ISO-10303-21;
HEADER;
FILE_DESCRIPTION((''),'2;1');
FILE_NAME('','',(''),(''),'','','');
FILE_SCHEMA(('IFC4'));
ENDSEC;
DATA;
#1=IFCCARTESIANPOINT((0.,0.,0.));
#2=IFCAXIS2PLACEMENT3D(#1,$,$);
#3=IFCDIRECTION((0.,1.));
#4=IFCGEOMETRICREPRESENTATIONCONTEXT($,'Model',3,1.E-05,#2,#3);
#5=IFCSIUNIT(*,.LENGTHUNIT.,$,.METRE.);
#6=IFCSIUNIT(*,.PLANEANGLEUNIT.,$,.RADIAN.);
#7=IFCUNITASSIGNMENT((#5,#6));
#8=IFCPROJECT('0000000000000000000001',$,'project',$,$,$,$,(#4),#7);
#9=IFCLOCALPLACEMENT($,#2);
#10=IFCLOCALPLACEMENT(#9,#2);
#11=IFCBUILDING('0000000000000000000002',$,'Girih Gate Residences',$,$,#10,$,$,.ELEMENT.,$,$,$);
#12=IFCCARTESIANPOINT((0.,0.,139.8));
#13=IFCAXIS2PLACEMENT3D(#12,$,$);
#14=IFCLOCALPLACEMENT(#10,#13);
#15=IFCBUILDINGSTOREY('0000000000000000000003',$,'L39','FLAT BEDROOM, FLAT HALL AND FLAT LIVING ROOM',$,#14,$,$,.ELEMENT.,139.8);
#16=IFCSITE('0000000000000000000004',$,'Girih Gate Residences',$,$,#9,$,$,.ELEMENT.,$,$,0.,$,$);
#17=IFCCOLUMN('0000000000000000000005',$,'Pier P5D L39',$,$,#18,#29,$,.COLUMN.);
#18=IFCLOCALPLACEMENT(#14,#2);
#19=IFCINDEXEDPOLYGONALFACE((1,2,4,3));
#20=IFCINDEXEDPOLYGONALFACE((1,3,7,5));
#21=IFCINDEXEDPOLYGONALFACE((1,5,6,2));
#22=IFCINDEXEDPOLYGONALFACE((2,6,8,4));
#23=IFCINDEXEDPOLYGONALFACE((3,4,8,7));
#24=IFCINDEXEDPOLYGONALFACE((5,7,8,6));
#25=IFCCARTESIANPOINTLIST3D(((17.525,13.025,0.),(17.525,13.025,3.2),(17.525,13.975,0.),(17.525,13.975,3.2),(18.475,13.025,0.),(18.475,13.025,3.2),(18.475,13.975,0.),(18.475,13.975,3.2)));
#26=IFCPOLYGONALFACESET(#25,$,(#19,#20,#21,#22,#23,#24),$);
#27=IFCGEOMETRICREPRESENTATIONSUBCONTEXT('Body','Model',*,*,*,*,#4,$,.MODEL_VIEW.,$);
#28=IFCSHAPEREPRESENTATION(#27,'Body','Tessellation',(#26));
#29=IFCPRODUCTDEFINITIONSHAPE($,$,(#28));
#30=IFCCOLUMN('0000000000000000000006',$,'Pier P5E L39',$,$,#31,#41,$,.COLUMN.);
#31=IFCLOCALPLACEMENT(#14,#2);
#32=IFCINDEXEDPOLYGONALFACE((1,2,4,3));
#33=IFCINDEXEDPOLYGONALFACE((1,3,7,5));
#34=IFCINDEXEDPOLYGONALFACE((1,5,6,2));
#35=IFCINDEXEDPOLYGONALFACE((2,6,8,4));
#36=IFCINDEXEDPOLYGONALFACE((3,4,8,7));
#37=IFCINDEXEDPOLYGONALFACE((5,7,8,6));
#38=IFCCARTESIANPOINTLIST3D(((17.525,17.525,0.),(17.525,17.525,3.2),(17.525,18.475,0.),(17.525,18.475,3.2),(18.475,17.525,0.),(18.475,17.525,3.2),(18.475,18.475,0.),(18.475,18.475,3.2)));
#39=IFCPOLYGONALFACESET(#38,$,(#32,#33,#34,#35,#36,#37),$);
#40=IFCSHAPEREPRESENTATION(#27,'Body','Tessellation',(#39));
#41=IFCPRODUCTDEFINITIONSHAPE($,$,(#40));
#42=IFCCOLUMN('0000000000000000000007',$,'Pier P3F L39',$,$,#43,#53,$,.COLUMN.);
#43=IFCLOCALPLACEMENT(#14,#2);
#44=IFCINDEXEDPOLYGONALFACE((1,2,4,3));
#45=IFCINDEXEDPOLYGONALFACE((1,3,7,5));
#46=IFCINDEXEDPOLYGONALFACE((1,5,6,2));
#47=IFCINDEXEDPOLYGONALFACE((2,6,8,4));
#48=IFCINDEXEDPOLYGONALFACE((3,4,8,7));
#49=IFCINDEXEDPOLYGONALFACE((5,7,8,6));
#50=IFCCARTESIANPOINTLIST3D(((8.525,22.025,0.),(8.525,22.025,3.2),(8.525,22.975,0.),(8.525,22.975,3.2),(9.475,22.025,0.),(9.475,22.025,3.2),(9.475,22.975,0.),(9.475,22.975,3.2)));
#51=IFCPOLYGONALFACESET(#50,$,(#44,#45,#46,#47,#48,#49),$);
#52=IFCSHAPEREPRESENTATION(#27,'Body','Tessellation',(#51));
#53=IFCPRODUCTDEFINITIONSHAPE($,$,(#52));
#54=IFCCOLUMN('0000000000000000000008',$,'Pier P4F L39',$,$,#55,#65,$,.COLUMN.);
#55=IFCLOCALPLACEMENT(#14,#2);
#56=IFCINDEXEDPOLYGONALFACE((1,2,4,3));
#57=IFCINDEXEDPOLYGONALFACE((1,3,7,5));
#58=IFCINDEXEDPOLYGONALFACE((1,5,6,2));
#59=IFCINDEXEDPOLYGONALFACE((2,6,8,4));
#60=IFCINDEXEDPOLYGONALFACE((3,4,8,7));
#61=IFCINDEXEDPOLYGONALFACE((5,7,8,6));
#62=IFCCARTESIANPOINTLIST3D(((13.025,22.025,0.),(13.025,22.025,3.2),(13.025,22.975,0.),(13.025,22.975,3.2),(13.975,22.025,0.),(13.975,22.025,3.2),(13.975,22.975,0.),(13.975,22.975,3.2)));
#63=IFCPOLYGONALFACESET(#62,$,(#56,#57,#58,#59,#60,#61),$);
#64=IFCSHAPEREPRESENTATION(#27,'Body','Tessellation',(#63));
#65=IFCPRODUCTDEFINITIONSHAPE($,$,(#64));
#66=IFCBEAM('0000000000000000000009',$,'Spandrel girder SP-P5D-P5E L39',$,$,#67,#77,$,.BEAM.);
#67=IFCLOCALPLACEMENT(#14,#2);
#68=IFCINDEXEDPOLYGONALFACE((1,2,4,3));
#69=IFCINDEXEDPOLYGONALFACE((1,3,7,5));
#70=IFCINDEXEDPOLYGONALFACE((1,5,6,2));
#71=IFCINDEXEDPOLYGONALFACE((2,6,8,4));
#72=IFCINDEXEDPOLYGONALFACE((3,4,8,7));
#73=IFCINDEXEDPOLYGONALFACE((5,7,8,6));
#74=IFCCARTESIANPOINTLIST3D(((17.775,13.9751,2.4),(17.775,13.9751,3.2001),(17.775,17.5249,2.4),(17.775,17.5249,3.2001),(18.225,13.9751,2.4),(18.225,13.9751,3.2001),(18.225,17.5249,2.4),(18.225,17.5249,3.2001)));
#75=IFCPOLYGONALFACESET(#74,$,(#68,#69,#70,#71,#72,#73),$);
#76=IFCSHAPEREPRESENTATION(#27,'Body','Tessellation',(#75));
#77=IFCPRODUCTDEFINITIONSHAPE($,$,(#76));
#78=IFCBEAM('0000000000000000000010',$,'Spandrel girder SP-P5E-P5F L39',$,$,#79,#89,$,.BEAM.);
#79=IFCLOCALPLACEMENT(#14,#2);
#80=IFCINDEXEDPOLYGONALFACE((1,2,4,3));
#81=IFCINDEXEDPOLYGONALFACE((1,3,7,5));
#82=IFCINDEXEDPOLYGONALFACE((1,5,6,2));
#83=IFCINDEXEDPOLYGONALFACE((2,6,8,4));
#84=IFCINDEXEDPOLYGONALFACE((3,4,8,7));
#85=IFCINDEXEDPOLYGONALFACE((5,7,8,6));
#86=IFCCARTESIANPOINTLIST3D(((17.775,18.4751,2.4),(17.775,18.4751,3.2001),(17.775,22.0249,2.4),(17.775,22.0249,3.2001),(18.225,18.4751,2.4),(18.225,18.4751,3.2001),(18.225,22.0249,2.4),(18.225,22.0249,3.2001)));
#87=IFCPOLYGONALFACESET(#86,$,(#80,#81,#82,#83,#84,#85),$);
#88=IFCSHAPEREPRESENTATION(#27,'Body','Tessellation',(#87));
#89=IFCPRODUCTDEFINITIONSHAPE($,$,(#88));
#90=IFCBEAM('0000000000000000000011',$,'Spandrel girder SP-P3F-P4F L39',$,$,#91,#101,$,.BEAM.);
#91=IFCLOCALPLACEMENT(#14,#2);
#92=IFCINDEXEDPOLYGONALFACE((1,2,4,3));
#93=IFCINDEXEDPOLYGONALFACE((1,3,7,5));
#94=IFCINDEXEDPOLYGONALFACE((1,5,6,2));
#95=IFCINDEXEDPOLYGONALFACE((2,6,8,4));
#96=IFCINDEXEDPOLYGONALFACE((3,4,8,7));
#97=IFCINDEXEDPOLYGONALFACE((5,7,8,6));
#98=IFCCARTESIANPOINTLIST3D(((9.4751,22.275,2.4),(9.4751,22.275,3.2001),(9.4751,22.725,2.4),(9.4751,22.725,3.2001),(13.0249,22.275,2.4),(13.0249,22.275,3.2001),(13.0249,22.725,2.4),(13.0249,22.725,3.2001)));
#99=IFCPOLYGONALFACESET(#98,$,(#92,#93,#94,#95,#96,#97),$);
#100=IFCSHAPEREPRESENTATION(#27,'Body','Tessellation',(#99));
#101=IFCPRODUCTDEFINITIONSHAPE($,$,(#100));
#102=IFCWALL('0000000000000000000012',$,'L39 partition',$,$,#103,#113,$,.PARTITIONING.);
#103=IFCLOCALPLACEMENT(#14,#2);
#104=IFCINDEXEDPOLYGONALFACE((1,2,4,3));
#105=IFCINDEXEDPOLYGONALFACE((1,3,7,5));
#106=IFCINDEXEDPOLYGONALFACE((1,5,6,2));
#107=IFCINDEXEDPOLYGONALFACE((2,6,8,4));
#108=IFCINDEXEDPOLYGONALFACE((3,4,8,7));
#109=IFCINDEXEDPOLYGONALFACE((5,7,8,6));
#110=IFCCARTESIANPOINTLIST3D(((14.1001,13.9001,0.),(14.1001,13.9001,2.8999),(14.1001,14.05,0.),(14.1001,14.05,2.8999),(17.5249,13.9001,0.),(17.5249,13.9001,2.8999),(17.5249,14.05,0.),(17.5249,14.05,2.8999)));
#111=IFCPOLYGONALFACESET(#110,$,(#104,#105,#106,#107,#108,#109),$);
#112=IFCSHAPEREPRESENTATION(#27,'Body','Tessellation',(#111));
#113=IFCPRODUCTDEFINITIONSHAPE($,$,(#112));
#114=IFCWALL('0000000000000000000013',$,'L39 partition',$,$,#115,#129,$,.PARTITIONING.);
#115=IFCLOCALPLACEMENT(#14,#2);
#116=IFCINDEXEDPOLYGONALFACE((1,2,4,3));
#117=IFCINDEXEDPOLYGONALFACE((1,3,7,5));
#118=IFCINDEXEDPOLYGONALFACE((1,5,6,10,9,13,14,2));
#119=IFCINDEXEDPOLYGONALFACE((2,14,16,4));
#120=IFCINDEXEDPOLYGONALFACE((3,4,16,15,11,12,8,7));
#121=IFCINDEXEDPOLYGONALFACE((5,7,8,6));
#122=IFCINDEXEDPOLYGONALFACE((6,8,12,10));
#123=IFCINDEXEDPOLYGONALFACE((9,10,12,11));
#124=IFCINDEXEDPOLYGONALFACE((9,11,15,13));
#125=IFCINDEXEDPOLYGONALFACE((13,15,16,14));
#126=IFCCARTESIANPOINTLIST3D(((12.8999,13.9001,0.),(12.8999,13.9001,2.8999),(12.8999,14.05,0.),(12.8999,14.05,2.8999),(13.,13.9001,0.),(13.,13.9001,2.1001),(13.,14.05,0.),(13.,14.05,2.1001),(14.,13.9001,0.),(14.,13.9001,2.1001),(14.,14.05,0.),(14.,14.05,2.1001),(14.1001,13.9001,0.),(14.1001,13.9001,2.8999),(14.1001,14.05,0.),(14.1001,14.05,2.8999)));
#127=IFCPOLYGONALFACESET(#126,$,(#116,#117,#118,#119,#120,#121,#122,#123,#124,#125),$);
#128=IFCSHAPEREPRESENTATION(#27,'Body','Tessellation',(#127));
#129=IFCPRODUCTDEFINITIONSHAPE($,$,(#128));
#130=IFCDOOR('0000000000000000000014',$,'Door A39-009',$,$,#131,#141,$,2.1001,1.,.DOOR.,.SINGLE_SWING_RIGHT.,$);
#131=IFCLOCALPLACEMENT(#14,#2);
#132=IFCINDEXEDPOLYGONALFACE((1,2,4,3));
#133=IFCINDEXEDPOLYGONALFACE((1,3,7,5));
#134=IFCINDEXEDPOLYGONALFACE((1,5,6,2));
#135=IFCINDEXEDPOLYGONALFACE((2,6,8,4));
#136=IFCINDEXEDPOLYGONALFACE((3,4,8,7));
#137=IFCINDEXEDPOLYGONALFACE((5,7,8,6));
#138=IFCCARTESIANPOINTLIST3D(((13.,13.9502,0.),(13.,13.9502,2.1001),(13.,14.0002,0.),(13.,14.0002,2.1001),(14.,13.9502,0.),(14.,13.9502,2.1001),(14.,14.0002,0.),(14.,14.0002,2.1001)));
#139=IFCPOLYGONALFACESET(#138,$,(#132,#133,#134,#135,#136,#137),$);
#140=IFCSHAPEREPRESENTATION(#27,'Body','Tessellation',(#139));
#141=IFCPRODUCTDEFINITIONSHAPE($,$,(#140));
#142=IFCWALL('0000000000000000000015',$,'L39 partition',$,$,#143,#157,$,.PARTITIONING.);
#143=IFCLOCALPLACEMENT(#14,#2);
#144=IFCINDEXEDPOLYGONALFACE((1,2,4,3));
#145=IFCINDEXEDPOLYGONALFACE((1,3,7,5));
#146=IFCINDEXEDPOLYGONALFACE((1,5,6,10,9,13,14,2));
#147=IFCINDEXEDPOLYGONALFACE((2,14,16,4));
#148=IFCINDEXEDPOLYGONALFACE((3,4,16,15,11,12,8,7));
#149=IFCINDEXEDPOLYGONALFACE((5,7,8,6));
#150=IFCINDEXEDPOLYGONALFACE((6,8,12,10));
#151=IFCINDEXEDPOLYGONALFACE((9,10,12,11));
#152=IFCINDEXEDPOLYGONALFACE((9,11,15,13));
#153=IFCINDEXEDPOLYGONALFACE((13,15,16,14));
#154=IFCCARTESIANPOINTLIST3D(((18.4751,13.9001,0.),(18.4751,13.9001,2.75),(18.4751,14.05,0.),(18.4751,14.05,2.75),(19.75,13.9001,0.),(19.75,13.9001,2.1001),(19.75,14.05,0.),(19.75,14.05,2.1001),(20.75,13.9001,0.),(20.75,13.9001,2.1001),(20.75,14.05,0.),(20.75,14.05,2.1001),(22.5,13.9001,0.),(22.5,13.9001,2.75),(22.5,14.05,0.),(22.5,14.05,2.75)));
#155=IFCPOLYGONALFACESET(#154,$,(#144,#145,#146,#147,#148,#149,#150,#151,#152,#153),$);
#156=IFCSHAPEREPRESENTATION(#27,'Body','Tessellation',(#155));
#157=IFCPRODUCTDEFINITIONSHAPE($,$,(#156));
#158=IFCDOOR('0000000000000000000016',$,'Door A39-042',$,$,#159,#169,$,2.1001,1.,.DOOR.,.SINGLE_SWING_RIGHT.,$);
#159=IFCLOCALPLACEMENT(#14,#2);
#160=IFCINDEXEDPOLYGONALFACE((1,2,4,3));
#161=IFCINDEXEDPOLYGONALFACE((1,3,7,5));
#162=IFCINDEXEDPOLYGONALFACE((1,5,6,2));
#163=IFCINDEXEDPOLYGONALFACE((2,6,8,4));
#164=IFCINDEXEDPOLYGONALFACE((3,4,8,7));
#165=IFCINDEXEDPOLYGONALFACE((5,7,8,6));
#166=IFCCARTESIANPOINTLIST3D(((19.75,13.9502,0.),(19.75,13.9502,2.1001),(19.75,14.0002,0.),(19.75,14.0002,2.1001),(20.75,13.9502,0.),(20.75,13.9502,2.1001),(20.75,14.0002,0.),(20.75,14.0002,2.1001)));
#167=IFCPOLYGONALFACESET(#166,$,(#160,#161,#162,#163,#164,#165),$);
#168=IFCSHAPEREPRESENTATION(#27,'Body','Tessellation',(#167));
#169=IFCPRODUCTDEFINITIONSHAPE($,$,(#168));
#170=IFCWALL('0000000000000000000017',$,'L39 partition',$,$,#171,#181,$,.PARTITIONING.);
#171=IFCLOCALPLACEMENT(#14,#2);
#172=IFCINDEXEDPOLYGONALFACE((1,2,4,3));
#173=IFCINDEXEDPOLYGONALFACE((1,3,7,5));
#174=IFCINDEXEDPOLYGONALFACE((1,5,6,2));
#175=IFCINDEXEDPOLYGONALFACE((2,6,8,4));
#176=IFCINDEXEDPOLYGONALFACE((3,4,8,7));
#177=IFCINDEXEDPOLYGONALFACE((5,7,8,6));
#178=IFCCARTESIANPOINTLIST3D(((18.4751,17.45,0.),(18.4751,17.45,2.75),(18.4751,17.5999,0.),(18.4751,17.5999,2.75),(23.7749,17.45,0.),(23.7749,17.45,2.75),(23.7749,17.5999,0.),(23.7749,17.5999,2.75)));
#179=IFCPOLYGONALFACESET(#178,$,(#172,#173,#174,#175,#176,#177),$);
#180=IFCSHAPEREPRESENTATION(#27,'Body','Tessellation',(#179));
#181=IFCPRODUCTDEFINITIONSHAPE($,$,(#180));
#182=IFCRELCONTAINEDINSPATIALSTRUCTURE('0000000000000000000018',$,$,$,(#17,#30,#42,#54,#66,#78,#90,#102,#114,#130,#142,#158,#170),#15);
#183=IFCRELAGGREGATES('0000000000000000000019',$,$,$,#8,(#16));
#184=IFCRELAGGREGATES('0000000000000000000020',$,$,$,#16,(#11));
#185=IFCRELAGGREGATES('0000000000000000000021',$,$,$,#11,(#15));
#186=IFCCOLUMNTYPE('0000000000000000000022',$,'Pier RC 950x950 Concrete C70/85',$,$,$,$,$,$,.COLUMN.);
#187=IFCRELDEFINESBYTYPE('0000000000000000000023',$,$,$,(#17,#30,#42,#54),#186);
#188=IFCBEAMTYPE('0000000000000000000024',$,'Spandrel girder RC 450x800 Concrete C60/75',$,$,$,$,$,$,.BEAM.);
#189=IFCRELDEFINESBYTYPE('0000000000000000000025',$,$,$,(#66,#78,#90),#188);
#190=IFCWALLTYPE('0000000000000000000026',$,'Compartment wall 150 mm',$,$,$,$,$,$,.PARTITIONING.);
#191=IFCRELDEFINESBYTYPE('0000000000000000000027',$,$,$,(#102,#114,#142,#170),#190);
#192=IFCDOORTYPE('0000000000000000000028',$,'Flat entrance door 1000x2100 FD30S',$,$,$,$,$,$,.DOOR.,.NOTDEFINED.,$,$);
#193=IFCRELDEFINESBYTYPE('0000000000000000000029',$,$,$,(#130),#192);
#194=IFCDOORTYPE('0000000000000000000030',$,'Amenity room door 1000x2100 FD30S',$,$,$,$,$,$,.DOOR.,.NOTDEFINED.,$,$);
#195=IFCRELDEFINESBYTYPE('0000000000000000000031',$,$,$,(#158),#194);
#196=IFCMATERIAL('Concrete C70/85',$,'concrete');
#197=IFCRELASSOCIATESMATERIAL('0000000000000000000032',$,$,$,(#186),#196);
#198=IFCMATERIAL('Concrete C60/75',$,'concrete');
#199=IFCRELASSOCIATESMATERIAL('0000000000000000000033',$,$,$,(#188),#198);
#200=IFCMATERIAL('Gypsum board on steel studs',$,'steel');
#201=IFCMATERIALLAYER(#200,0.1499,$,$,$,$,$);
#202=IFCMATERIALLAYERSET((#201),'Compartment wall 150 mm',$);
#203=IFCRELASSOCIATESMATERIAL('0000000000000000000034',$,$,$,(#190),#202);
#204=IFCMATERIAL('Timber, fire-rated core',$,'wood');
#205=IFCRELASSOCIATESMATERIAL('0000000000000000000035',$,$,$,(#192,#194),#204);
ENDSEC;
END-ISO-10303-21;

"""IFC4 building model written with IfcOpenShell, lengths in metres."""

from ifc_helpers import new_model, si_unit, direction, frame, frame_2d, origin, origin_2d, place, context, subcontext, project, spatial, rectangle, extrude, material, layer, layer_set, material_profile, profile_set, type_object, element, fill, save


model = new_model("IFC4")

# Units and contexts
model_context = context("Model", 3, precision=1e-05, world=origin(), true_north=direction((0.0, 1.0)))
body_context = subcontext(model_context, "Body", "Model", "MODEL_VIEW")
ifc_project = project(units=[si_unit("LENGTHUNIT", "METRE"), si_unit("PLANEANGLEUNIT", "RADIAN")], contexts=[model_context])

# Site, building, storey
site_placement = place(None, origin())
site = spatial("IfcSite", under=ifc_project, at=site_placement, Name="Girih Gate Residences", CompositionType="ELEMENT", RefElevation=0.0)
building_placement = place(site_placement, origin())
building = spatial("IfcBuilding", under=site, at=building_placement, Name="Girih Gate Residences", CompositionType="ELEMENT")
storey_placement = place(building_placement, frame((0.0, 0.0, 139.8)))
storey = spatial("IfcBuildingStorey", under=building, at=storey_placement, Name="L39", Description="FLAT BEDROOM, FLAT HALL AND FLAT LIVING ROOM", CompositionType="ELEMENT", Elevation=139.8)

# Columns
ifc_material_1 = material(Name="Concrete C70/85", Category="concrete")
ifc_material_profile_1 = material_profile(ifc_material_1, rectangle(XDim=0.95, YDim=0.95, at=origin_2d()))
ifc_profile_set_1 = profile_set([ifc_material_profile_1], Name="Concrete C70/85")
column_type = type_object("IfcColumnType", Name="Pier RC 950x950 Concrete C70/85", PredefinedType="COLUMN", material=ifc_profile_set_1)
for number, where, z_axis, x_axis, name in (
    (1, (18.0, 13.5, 0.0), (0.0, 0.0, 1.0), (1.0, 0.0, 0.0), "Pier P5D L39"),
    (2, (18.0, 18.0, 0.0), (0.0, 0.0, 1.0), (1.0, 0.0, 0.0), "Pier P5E L39"),
    (3, (9.0, 22.5, 0.0), (0.0, 0.0, 1.0), (1.0, 0.0, 0.0), "Pier P3F L39"),
    (4, (13.5, 22.5, 0.0), (0.0, 0.0, 1.0), (1.0, 0.0, 0.0), "Pier P4F L39"),
):
    element("IfcColumn", number, at=place(storey_placement, frame(where, z_axis=z_axis, x_axis=x_axis)), inside=storey, type_object=column_type, Name=name, PredefinedType="COLUMN", context=body_context, shape_type="SweptSolid", body=[
        extrude(rectangle(XDim=0.95, YDim=0.95, at=origin_2d()), origin(), (0.0, 0.0, 1.0), 3.2),
    ])

# Beams
ifc_material_2 = material(Name="Concrete C60/75", Category="concrete")
ifc_material_profile_2 = material_profile(ifc_material_2, rectangle(XDim=0.45, YDim=0.8, at=origin_2d()))
ifc_profile_set_2 = profile_set([ifc_material_profile_2], Name="Concrete C60/75")
beam_type = type_object("IfcBeamType", Name="Spandrel girder RC 450x800 Concrete C60/75", PredefinedType="BEAM", material=ifc_profile_set_2)
for number, where, z_axis, x_axis, name in (
    (5, (18.0, 13.9751, 2.8), (0.0, 1.0, 0.0), (-1.0, 0.0, 0.0), "Spandrel girder SP-P5D-P5E L39"),
    (6, (18.0, 18.4751, 2.8), (0.0, 1.0, 0.0), (-1.0, 0.0, 0.0), "Spandrel girder SP-P5E-P5F L39"),
    (7, (9.4751, 22.5, 2.8), (1.0, 0.0, 0.0), (0.0, 1.0, 0.0), "Spandrel girder SP-P3F-P4F L39"),
):
    element("IfcBeam", number, at=place(storey_placement, frame(where, z_axis=z_axis, x_axis=x_axis)), inside=storey, type_object=beam_type, Name=name, PredefinedType="BEAM", context=body_context, shape_type="SweptSolid", body=[
        extrude(rectangle(XDim=0.45, YDim=0.8, at=origin_2d()), origin(), (0.0, 0.0, 1.0), 3.5498),
    ])

# Wall
ifc_material_3 = material(Name="Gypsum board on steel studs", Category="steel")
ifc_layer_1 = layer(ifc_material_3, 0.1499)
ifc_layer_set_1 = layer_set([ifc_layer_1], Name="Compartment wall 150 mm")
wall_type_1 = type_object("IfcWallType", Name="Compartment wall 150 mm", PredefinedType="PARTITIONING", material=ifc_layer_set_1)
wall_1_placement = place(storey_placement, frame((14.1001, 13.9751, 0.0), z_axis=(0.0, 0.0, 1.0), x_axis=(1.0, 0.0, 0.0)))
element("IfcWall", 8, at=wall_1_placement, inside=storey, type_object=wall_type_1, Name="L39 partition", PredefinedType="PARTITIONING", context=body_context, shape_type="SweptSolid", body=[
    extrude(rectangle(XDim=3.4248, YDim=0.1499, at=frame_2d((1.7124, 0.0))), origin(), (0.0, 0.0, 1.0), 2.8999),
])

# Walls, openings, doors
wall_2_placement = place(storey_placement, frame((14.1001, 13.9751, 0.0), z_axis=(0.0, 0.0, 1.0), x_axis=(-1.0, 0.0, 0.0)))
wall_2 = element("IfcWall", 9, at=wall_2_placement, inside=storey, type_object=wall_type_1, Name="L39 partition", PredefinedType="PARTITIONING", context=body_context, shape_type="SweptSolid", body=[
    extrude(rectangle(XDim=1.2002, YDim=0.1499, at=frame_2d((0.6001, 0.0))), origin(), (0.0, 0.0, 1.0), 2.8999),
])
opening_1_placement = place(wall_2_placement, frame((0.1001, 0.0, 0.0)))
opening_1 = element("IfcOpeningElement", 10, at=opening_1_placement, cuts=wall_2, PredefinedType="OPENING", context=body_context, shape_type="SweptSolid", body=[
    extrude(rectangle(XDim=1.0, YDim=2.1001, at=frame_2d((0.5, 1.05))), frame((0.0, 0.085, 0.0), z_axis=(0.0, -1.0, 0.0), x_axis=(1.0, 0.0, 0.0)), (0.0, 0.0, 1.0), 0.1699),
])
ifc_material_4 = material(Name="Timber, fire-rated core", Category="wood")
door_type_1 = type_object("IfcDoorType", Name="Flat entrance door 1000x2100 FD30S", OperationType="NOTDEFINED", PredefinedType="DOOR", material=ifc_material_4)
door_1_placement = place(opening_1_placement, origin())
door_1 = element("IfcDoor", 11, at=door_1_placement, inside=storey, type_object=door_type_1, Name="Door A39-009", OperationType="SINGLE_SWING_RIGHT", OverallHeight=2.1001, OverallWidth=1.0, PredefinedType="DOOR", context=body_context, shape_type="SweptSolid", body=[
    extrude(rectangle(XDim=1.0, YDim=2.1001, at=frame_2d((0.5, 1.05))), frame((0.0, 0.0249, 0.0), z_axis=(0.0, -1.0, 0.0), x_axis=(1.0, 0.0, 0.0)), (0.0, 0.0, 1.0), 0.05),
])
fill(opening_1, door_1)
wall_3_placement = place(storey_placement, frame((22.5, 13.9751, 0.0), z_axis=(0.0, 0.0, 1.0), x_axis=(-1.0, 0.0, 0.0)))
wall_3 = element("IfcWall", 12, at=wall_3_placement, inside=storey, type_object=wall_type_1, Name="L39 partition", PredefinedType="PARTITIONING", context=body_context, shape_type="SweptSolid", body=[
    extrude(rectangle(XDim=4.0249, YDim=0.1499, at=frame_2d((2.0125, 0.0))), origin(), (0.0, 0.0, 1.0), 2.75),
])
opening_2_placement = place(wall_3_placement, frame((1.75, 0.0, 0.0)))
opening_2 = element("IfcOpeningElement", 13, at=opening_2_placement, cuts=wall_3, PredefinedType="OPENING", context=body_context, shape_type="SweptSolid", body=[
    extrude(rectangle(XDim=1.0, YDim=2.1001, at=frame_2d((0.5, 1.05))), frame((0.0, 0.085, 0.0), z_axis=(0.0, -1.0, 0.0), x_axis=(1.0, 0.0, 0.0)), (0.0, 0.0, 1.0), 0.1699),
])
door_type_2 = type_object("IfcDoorType", Name="Amenity room door 1000x2100 FD30S", OperationType="NOTDEFINED", PredefinedType="DOOR", material=ifc_material_4)
door_2_placement = place(opening_2_placement, origin())
door_2 = element("IfcDoor", 14, at=door_2_placement, inside=storey, type_object=door_type_2, Name="Door A39-042", OperationType="SINGLE_SWING_RIGHT", OverallHeight=2.1001, OverallWidth=1.0, PredefinedType="DOOR", context=body_context, shape_type="SweptSolid", body=[
    extrude(rectangle(XDim=1.0, YDim=2.1001, at=frame_2d((0.5, 1.05))), frame((0.0, 0.0249, 0.0), z_axis=(0.0, -1.0, 0.0), x_axis=(1.0, 0.0, 0.0)), (0.0, 0.0, 1.0), 0.05),
])
fill(opening_2, door_2)

# Wall
wall_4_placement = place(storey_placement, frame((18.4751, 17.5249, 0.0), z_axis=(0.0, 0.0, 1.0), x_axis=(1.0, 0.0, 0.0)))
element("IfcWall", 15, at=wall_4_placement, inside=storey, type_object=wall_type_1, Name="L39 partition", PredefinedType="PARTITIONING", context=body_context, shape_type="SweptSolid", body=[
    extrude(rectangle(XDim=5.2998, YDim=0.1499, at=frame_2d((2.6499, 0.0))), origin(), (0.0, 0.0, 1.0), 2.75),
])

save(model, "model.ifc")
